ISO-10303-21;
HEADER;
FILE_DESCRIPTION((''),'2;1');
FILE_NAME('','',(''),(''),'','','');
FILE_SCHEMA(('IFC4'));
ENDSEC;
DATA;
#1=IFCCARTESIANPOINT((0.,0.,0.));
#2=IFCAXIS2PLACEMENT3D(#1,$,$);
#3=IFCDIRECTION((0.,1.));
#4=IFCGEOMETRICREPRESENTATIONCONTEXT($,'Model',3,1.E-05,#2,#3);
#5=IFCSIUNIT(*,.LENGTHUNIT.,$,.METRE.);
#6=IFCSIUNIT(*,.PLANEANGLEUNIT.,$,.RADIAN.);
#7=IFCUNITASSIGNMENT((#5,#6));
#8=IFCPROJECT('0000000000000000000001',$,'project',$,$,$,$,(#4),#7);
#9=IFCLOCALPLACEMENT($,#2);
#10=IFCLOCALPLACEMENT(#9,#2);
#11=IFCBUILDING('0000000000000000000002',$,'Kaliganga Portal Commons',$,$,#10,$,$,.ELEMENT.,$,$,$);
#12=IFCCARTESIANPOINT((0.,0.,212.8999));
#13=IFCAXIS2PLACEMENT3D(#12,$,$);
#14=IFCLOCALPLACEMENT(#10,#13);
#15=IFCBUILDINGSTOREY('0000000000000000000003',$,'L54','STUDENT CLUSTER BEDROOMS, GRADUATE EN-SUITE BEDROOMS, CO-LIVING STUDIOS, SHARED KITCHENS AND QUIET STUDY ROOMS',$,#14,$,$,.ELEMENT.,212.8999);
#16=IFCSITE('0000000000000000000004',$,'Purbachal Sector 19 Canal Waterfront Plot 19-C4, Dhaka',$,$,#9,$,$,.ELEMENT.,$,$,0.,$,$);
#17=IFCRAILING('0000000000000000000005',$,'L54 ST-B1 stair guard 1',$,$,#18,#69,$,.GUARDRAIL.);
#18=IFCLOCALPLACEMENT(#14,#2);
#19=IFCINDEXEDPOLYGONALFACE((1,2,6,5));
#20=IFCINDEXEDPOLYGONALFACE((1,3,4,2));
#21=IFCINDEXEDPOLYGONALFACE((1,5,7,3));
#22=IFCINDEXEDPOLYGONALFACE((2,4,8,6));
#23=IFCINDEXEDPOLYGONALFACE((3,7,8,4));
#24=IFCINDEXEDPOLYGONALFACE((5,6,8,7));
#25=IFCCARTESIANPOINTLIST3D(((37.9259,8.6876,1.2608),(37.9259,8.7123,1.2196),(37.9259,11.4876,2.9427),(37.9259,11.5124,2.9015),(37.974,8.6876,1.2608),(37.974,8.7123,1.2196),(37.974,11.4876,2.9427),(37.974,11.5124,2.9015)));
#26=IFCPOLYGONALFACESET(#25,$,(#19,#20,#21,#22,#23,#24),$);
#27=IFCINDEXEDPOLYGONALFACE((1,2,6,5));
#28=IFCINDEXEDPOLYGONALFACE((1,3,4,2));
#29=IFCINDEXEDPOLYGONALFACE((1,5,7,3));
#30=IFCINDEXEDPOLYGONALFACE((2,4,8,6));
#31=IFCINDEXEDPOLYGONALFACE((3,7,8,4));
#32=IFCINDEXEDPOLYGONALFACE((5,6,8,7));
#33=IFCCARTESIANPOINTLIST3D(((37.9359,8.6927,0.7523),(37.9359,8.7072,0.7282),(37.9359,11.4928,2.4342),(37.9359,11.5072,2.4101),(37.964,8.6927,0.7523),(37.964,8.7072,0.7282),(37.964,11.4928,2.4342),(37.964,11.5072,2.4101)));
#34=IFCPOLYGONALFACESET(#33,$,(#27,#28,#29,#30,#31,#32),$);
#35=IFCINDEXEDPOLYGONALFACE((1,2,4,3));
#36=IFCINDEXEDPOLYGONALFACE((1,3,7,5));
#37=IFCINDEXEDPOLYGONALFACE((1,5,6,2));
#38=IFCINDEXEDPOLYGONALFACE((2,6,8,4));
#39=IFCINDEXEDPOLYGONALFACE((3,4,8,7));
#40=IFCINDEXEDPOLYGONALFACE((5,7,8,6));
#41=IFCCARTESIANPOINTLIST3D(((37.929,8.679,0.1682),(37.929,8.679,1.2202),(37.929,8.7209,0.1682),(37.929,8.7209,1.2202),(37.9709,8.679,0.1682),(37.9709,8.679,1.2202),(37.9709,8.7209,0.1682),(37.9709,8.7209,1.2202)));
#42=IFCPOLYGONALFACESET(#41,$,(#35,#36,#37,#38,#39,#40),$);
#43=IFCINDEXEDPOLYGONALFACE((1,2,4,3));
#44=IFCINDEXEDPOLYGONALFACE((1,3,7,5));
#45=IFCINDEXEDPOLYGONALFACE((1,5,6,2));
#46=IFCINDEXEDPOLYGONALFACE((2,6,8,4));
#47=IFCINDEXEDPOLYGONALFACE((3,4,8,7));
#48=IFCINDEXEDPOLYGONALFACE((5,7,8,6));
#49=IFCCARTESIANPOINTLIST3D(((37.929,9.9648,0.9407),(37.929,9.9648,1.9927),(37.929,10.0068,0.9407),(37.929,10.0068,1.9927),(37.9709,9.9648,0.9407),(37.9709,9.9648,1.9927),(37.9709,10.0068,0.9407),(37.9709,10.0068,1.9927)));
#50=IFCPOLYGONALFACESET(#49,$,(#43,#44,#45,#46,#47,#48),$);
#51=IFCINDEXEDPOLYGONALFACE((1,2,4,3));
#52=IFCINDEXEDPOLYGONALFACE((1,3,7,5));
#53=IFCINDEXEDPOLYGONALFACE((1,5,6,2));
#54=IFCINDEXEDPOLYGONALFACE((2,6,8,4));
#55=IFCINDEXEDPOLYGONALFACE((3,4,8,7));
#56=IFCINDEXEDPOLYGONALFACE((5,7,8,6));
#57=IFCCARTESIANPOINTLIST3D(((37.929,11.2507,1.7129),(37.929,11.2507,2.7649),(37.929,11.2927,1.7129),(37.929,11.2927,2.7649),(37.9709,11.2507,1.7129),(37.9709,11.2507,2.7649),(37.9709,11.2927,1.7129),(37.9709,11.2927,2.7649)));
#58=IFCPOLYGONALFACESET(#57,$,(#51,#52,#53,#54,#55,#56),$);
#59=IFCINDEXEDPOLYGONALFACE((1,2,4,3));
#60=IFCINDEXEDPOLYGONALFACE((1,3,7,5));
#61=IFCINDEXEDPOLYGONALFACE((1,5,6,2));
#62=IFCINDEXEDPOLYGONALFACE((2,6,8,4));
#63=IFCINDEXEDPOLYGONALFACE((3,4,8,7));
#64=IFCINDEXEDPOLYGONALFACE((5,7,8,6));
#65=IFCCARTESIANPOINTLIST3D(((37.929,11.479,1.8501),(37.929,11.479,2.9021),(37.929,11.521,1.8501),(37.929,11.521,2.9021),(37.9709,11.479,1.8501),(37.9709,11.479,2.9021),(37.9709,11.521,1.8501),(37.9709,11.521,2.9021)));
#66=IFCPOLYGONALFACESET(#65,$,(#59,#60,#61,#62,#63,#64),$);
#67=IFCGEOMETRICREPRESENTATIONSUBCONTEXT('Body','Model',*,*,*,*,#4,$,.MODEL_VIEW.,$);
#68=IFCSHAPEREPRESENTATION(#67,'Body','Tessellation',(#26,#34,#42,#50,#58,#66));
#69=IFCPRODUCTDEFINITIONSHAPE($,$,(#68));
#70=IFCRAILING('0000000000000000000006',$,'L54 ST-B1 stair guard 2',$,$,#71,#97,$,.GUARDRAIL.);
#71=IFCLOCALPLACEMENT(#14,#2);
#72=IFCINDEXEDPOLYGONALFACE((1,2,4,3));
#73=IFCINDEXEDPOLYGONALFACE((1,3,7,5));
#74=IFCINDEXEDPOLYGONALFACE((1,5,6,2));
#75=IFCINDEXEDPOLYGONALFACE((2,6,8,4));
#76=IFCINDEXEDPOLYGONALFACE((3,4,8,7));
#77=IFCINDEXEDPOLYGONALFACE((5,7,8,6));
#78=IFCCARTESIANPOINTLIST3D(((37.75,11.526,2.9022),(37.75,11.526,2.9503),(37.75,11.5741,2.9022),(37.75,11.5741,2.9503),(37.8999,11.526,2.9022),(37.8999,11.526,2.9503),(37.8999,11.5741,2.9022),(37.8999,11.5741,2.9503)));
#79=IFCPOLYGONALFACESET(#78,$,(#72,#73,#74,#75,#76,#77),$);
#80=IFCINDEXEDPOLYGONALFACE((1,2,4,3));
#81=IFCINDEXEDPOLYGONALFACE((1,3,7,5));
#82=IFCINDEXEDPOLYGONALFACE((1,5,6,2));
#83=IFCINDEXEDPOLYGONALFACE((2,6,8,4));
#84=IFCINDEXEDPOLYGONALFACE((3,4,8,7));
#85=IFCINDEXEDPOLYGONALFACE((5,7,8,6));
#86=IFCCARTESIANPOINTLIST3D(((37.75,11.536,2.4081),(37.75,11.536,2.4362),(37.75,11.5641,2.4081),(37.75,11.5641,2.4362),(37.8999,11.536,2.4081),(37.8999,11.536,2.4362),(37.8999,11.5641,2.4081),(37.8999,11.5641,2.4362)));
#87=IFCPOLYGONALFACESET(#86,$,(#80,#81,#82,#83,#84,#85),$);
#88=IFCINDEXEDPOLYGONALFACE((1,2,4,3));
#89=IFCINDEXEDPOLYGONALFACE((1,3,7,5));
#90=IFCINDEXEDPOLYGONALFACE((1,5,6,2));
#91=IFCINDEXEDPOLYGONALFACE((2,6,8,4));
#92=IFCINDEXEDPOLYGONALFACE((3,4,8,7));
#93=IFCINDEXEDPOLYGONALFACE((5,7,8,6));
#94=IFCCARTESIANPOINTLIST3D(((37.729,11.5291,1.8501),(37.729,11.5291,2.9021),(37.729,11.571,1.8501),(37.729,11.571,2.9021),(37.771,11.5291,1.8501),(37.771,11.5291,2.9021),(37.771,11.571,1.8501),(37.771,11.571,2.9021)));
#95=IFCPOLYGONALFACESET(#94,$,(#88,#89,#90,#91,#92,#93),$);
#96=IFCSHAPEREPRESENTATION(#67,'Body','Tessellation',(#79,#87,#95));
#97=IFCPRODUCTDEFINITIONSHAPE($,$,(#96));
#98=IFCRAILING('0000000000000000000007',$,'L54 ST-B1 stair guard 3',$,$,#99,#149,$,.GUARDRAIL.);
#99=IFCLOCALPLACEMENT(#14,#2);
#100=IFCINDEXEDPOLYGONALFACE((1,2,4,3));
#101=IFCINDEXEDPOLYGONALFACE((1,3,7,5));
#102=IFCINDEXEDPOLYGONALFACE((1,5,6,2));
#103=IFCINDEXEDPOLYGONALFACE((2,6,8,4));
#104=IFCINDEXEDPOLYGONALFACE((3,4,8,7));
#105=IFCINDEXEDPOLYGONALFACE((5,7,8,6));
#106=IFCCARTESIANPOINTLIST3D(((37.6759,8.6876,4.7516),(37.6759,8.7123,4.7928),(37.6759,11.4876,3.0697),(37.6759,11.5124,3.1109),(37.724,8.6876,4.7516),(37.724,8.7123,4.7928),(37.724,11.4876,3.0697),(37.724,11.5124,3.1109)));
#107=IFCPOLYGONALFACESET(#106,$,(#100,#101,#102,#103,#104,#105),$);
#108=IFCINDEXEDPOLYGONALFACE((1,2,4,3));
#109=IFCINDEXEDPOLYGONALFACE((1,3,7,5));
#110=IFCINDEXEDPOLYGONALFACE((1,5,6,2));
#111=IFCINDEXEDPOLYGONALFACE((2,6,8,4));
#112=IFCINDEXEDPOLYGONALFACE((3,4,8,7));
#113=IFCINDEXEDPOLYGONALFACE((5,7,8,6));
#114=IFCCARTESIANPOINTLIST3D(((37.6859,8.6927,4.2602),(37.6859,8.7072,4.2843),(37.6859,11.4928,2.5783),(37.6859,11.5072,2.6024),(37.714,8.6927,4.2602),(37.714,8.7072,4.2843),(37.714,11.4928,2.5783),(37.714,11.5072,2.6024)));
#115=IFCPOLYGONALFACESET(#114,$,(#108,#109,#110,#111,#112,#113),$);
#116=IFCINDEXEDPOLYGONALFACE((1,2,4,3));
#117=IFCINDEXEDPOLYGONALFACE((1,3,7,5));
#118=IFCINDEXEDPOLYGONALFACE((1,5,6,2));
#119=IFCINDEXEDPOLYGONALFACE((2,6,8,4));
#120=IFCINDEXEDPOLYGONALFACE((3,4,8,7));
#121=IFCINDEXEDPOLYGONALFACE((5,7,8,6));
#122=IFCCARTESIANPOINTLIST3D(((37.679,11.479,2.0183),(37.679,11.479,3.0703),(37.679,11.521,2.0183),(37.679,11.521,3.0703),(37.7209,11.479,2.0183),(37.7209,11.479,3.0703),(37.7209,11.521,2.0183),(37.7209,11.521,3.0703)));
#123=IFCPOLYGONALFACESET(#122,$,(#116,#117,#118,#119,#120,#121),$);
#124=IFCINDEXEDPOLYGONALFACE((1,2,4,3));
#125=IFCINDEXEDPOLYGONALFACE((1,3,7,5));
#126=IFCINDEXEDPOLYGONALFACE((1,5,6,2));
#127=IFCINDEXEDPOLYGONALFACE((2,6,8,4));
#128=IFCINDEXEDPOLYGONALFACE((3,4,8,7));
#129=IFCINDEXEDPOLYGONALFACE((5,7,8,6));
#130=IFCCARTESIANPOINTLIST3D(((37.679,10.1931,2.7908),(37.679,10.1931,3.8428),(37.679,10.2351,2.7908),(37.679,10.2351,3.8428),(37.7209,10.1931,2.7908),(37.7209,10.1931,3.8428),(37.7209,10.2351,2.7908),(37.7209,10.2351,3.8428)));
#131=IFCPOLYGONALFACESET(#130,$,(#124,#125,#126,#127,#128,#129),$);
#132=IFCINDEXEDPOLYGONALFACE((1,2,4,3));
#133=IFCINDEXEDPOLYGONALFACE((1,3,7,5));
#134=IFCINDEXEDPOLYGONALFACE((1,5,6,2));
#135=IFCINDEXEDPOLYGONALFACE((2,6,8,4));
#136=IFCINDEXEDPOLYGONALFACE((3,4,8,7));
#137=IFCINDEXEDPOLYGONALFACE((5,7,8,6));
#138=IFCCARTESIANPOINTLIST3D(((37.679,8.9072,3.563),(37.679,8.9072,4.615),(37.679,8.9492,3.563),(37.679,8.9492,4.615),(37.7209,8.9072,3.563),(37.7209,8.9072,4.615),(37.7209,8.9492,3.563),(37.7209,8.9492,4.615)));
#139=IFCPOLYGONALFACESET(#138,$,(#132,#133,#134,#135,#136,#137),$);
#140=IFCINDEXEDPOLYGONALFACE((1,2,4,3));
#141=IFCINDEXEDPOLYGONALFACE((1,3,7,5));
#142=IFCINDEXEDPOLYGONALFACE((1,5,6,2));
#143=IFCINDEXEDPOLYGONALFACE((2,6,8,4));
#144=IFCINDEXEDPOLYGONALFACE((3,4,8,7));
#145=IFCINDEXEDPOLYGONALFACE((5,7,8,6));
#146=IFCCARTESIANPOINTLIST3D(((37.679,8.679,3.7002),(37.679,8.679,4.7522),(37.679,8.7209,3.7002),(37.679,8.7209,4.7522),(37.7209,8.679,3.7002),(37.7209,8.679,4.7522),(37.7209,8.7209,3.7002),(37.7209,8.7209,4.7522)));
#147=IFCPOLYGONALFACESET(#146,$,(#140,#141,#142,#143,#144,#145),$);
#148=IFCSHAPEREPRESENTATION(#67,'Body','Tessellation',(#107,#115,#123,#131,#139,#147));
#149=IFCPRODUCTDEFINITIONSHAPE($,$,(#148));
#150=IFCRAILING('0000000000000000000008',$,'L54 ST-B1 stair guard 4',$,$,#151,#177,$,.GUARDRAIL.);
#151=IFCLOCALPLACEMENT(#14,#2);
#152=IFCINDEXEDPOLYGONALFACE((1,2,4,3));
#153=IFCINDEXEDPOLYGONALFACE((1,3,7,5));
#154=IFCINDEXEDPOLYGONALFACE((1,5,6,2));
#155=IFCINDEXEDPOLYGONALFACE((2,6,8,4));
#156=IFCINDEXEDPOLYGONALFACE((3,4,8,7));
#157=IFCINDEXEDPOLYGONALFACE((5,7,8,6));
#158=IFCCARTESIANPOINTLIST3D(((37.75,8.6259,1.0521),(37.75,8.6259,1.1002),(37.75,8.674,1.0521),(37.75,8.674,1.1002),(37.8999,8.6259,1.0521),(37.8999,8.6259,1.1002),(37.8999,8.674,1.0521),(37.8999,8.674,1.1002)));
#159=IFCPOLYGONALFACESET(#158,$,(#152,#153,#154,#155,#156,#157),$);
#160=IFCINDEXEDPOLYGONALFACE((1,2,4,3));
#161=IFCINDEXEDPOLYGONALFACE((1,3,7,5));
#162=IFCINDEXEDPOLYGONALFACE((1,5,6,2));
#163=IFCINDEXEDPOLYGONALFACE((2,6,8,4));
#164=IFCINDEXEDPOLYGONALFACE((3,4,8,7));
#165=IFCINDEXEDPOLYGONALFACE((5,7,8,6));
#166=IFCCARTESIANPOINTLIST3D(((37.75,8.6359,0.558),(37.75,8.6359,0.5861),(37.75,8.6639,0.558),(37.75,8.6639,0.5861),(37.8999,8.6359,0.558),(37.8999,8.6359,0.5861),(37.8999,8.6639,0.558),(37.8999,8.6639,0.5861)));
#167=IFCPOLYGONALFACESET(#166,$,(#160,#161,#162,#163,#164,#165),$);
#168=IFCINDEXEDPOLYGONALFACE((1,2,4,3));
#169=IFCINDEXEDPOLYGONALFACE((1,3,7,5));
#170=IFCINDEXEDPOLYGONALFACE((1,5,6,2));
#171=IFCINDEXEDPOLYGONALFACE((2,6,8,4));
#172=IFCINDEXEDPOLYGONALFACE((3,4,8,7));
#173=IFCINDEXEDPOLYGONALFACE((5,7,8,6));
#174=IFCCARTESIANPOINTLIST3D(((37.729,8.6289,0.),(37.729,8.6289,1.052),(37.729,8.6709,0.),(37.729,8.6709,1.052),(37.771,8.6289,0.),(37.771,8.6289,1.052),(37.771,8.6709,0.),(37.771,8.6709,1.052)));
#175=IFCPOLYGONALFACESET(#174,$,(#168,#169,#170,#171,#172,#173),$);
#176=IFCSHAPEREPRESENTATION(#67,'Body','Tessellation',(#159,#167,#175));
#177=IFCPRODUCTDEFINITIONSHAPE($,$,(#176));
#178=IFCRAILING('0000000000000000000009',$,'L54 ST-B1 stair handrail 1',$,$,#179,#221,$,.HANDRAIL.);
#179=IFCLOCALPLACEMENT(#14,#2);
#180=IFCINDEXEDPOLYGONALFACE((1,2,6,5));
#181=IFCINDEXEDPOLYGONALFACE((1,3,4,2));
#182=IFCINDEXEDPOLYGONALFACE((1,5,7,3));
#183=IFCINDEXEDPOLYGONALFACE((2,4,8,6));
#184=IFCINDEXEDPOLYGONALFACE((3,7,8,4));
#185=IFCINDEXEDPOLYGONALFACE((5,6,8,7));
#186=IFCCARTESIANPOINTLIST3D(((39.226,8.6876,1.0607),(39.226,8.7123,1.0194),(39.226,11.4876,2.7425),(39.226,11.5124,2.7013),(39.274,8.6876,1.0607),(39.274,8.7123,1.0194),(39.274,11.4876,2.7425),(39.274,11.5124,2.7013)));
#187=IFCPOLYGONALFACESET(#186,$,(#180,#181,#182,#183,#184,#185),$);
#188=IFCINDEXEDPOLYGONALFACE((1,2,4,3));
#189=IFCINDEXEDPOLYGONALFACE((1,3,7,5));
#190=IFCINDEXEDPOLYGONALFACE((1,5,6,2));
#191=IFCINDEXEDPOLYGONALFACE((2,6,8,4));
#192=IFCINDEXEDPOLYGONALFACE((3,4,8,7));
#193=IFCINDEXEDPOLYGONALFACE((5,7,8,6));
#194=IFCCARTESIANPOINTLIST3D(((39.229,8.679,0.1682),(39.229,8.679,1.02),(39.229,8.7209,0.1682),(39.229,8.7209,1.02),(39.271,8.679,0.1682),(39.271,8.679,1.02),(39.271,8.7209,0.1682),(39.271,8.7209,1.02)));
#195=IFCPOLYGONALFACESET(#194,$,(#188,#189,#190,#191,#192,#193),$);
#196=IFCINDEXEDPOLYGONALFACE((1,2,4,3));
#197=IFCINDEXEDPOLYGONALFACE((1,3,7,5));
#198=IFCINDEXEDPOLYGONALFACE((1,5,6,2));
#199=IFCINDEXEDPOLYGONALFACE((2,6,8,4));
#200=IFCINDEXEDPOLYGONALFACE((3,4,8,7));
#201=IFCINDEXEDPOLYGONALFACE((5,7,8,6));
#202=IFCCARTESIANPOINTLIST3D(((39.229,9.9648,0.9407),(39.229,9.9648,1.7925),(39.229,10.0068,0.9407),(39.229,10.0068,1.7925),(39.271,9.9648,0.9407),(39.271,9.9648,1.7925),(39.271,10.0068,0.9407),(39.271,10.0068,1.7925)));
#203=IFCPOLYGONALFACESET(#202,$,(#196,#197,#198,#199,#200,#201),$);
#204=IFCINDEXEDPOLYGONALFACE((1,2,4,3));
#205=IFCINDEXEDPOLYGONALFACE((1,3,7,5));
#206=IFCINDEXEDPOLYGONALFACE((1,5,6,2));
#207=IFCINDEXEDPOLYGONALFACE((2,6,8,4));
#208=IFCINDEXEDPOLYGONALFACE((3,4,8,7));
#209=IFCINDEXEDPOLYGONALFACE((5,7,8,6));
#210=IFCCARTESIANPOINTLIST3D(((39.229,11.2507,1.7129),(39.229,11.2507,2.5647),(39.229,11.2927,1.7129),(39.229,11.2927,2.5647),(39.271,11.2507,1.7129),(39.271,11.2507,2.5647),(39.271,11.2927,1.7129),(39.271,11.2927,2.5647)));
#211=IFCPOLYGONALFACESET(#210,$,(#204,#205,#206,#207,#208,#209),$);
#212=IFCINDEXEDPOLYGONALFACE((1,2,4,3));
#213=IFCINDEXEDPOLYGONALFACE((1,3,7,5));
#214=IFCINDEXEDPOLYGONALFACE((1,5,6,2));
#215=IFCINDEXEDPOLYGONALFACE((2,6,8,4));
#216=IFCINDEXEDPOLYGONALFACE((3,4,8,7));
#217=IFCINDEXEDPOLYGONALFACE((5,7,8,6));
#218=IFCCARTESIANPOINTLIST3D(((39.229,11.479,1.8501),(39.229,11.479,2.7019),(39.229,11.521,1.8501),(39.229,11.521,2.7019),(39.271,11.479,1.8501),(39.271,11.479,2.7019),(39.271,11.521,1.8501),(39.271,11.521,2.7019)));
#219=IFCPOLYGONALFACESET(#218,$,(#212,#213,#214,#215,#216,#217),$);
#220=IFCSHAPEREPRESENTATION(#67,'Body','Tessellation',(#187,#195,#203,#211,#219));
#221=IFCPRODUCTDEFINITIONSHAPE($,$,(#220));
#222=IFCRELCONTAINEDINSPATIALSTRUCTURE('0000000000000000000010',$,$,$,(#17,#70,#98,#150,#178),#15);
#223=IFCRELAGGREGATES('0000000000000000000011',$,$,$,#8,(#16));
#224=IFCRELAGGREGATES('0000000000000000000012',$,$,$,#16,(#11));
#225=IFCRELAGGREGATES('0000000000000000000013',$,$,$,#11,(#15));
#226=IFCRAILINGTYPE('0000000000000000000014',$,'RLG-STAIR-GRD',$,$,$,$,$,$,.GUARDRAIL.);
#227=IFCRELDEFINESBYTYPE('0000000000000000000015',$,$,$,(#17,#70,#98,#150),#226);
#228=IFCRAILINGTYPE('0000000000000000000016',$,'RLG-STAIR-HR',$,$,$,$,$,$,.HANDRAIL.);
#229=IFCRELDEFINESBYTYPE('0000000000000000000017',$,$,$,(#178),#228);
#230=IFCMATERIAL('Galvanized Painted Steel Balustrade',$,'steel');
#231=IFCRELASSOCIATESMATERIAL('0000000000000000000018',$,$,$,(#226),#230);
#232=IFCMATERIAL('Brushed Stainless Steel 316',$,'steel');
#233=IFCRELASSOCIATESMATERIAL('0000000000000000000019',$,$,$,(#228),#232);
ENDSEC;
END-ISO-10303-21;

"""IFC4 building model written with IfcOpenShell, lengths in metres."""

from ifc_helpers import new_model, si_unit, direction, frame, origin, origin_2d, place, context, subcontext, project, spatial, rectangle, extrude, material, type_object, element, save


model = new_model("IFC4")

# Units and contexts
model_context = context("Model", 3, precision=1e-05, world=origin(), true_north=direction((0.0, 1.0)))
body_context = subcontext(model_context, "Body", "Model", "MODEL_VIEW")
ifc_project = project(units=[si_unit("LENGTHUNIT", "METRE"), si_unit("PLANEANGLEUNIT", "RADIAN")], contexts=[model_context])

# Site, building, storey
site_placement = place(None, origin())
site = spatial("IfcSite", under=ifc_project, at=site_placement, Name="Purbachal Sector 19 Canal Waterfront Plot 19-C4, Dhaka", CompositionType="ELEMENT", RefElevation=0.0)
building_placement = place(site_placement, origin())
building = spatial("IfcBuilding", under=site, at=building_placement, Name="Kaliganga Portal Commons", CompositionType="ELEMENT")
storey_placement = place(building_placement, frame((0.0, 0.0, 212.8999)))
storey = spatial("IfcBuildingStorey", under=building, at=storey_placement, Name="L54", Description="STUDENT CLUSTER BEDROOMS, GRADUATE EN-SUITE BEDROOMS, CO-LIVING STUDIOS, SHARED KITCHENS AND QUIET STUDY ROOMS", CompositionType="ELEMENT", Elevation=212.8999)

# Railings
ifc_material_1 = material(Name="Galvanized Painted Steel Balustrade", Category="steel")
railing_type_1 = type_object("IfcRailingType", Name="RLG-STAIR-GRD", PredefinedType="GUARDRAIL", material=ifc_material_1)
railing_1_placement = place(storey_placement, frame((37.95, 8.7, 0.1682)))
element("IfcRailing", 1, at=railing_1_placement, inside=storey, type_object=railing_type_1, Name="L54 ST-B1 stair guard 1", PredefinedType="GUARDRAIL", context=body_context, shape_type="SweptSolid", body=[
    extrude(rectangle(XDim=0.0481, YDim=0.0481, at=origin_2d()), frame((0.0, 0.0, 1.072), z_axis=(0.0, 0.857242, 0.514913), x_axis=(-1.0, 0.0, 0.0)), (0.0, 0.0, 1.0), 3.2664),
    extrude(rectangle(XDim=0.0281, YDim=0.0281, at=origin_2d()), frame((0.0, 0.0, 0.572), z_axis=(0.0, 0.857242, 0.514913), x_axis=(-1.0, 0.0, 0.0)), (0.0, 0.0, 1.0), 3.2664),
    extrude(rectangle(XDim=0.042, YDim=0.042, at=origin_2d()), origin(), (0.0, 0.0, 1.0), 1.052),
    extrude(rectangle(XDim=0.042, YDim=0.042, at=origin_2d()), frame((0.0, 1.2859, 0.7725)), (0.0, 0.0, 1.0), 1.052),
    extrude(rectangle(XDim=0.042, YDim=0.042, at=origin_2d()), frame((0.0, 2.5718, 1.5447)), (0.0, 0.0, 1.0), 1.052),
    extrude(rectangle(XDim=0.042, YDim=0.042, at=origin_2d()), frame((0.0, 2.8, 1.6819)), (0.0, 0.0, 1.0), 1.052),
])
railing_2_placement = place(storey_placement, frame((37.8999, 11.55, 1.8501)))
element("IfcRailing", 2, at=railing_2_placement, inside=storey, type_object=railing_type_1, Name="L54 ST-B1 stair guard 2", PredefinedType="GUARDRAIL", context=body_context, shape_type="SweptSolid", body=[
    extrude(rectangle(XDim=0.0481, YDim=0.0481, at=origin_2d()), frame((0.0, 0.0, 1.0762), z_axis=(-1.0, 0.0, 0.0), x_axis=(0.0, -1.0, 0.0)), (0.0, 0.0, 1.0), 0.1499),
    extrude(rectangle(XDim=0.0281, YDim=0.0281, at=origin_2d()), frame((0.0, 0.0, 0.572), z_axis=(-1.0, 0.0, 0.0), x_axis=(0.0, -1.0, 0.0)), (0.0, 0.0, 1.0), 0.1499),
    extrude(rectangle(XDim=0.042, YDim=0.042, at=origin_2d()), frame((-0.1499, 0.0, 0.0)), (0.0, 0.0, 1.0), 1.052),
])
railing_3_placement = place(storey_placement, frame((37.7, 11.5, 2.0183)))
element("IfcRailing", 3, at=railing_3_placement, inside=storey, type_object=railing_type_1, Name="L54 ST-B1 stair guard 3", PredefinedType="GUARDRAIL", context=body_context, shape_type="SweptSolid", body=[
    extrude(rectangle(XDim=0.0481, YDim=0.0481, at=origin_2d()), frame((0.0, 0.0, 1.072), z_axis=(0.0, -0.857242, 0.514913), x_axis=(1.0, 0.0, 0.0)), (0.0, 0.0, 1.0), 3.2664),
    extrude(rectangle(XDim=0.0281, YDim=0.0281, at=origin_2d()), frame((0.0, 0.0, 0.572), z_axis=(0.0, -0.857242, 0.514913), x_axis=(1.0, 0.0, 0.0)), (0.0, 0.0, 1.0), 3.2664),
    extrude(rectangle(XDim=0.042, YDim=0.042, at=origin_2d()), origin(), (0.0, 0.0, 1.0), 1.052),
    extrude(rectangle(XDim=0.042, YDim=0.042, at=origin_2d()), frame((0.0, -1.2859, 0.7725)), (0.0, 0.0, 1.0), 1.052),
    extrude(rectangle(XDim=0.042, YDim=0.042, at=origin_2d()), frame((0.0, -2.5718, 1.5447)), (0.0, 0.0, 1.0), 1.052),
    extrude(rectangle(XDim=0.042, YDim=0.042, at=origin_2d()), frame((0.0, -2.8, 1.6819)), (0.0, 0.0, 1.0), 1.052),
])
railing_4_placement = place(storey_placement, frame((37.8999, 8.6499, 0.0)))
element("IfcRailing", 4, at=railing_4_placement, inside=storey, type_object=railing_type_1, Name="L54 ST-B1 stair guard 4", PredefinedType="GUARDRAIL", context=body_context, shape_type="SweptSolid", body=[
    extrude(rectangle(XDim=0.0481, YDim=0.0481, at=origin_2d()), frame((0.0, 0.0, 1.0762), z_axis=(-1.0, 0.0, 0.0), x_axis=(0.0, -1.0, 0.0)), (0.0, 0.0, 1.0), 0.1499),
    extrude(rectangle(XDim=0.0281, YDim=0.0281, at=origin_2d()), frame((0.0, 0.0, 0.572), z_axis=(-1.0, 0.0, 0.0), x_axis=(0.0, -1.0, 0.0)), (0.0, 0.0, 1.0), 0.1499),
    extrude(rectangle(XDim=0.042, YDim=0.042, at=origin_2d()), frame((-0.1499, 0.0, 0.0)), (0.0, 0.0, 1.0), 1.052),
])
ifc_material_2 = material(Name="Brushed Stainless Steel 316", Category="steel")
railing_type_2 = type_object("IfcRailingType", Name="RLG-STAIR-HR", PredefinedType="HANDRAIL", material=ifc_material_2)
railing_5_placement = place(storey_placement, frame((39.25, 8.7, 0.1682)))
element("IfcRailing", 5, at=railing_5_placement, inside=storey, type_object=railing_type_2, Name="L54 ST-B1 stair handrail 1", PredefinedType="HANDRAIL", context=body_context, shape_type="SweptSolid", body=[
    extrude(rectangle(XDim=0.0481, YDim=0.0481, at=origin_2d()), frame((0.0, 0.0, 0.8718), z_axis=(0.0, 0.857242, 0.514913), x_axis=(-1.0, 0.0, 0.0)), (0.0, 0.0, 1.0), 3.2664),
    extrude(rectangle(XDim=0.042, YDim=0.042, at=origin_2d()), origin(), (0.0, 0.0, 1.0), 0.8518),
    extrude(rectangle(XDim=0.042, YDim=0.042, at=origin_2d()), frame((0.0, 1.2859, 0.7725)), (0.0, 0.0, 1.0), 0.8518),
    extrude(rectangle(XDim=0.042, YDim=0.042, at=origin_2d()), frame((0.0, 2.5718, 1.5447)), (0.0, 0.0, 1.0), 0.8518),
    extrude(rectangle(XDim=0.042, YDim=0.042, at=origin_2d()), frame((0.0, 2.8, 1.6819)), (0.0, 0.0, 1.0), 0.8518),
])

save(model, "model.ifc")
